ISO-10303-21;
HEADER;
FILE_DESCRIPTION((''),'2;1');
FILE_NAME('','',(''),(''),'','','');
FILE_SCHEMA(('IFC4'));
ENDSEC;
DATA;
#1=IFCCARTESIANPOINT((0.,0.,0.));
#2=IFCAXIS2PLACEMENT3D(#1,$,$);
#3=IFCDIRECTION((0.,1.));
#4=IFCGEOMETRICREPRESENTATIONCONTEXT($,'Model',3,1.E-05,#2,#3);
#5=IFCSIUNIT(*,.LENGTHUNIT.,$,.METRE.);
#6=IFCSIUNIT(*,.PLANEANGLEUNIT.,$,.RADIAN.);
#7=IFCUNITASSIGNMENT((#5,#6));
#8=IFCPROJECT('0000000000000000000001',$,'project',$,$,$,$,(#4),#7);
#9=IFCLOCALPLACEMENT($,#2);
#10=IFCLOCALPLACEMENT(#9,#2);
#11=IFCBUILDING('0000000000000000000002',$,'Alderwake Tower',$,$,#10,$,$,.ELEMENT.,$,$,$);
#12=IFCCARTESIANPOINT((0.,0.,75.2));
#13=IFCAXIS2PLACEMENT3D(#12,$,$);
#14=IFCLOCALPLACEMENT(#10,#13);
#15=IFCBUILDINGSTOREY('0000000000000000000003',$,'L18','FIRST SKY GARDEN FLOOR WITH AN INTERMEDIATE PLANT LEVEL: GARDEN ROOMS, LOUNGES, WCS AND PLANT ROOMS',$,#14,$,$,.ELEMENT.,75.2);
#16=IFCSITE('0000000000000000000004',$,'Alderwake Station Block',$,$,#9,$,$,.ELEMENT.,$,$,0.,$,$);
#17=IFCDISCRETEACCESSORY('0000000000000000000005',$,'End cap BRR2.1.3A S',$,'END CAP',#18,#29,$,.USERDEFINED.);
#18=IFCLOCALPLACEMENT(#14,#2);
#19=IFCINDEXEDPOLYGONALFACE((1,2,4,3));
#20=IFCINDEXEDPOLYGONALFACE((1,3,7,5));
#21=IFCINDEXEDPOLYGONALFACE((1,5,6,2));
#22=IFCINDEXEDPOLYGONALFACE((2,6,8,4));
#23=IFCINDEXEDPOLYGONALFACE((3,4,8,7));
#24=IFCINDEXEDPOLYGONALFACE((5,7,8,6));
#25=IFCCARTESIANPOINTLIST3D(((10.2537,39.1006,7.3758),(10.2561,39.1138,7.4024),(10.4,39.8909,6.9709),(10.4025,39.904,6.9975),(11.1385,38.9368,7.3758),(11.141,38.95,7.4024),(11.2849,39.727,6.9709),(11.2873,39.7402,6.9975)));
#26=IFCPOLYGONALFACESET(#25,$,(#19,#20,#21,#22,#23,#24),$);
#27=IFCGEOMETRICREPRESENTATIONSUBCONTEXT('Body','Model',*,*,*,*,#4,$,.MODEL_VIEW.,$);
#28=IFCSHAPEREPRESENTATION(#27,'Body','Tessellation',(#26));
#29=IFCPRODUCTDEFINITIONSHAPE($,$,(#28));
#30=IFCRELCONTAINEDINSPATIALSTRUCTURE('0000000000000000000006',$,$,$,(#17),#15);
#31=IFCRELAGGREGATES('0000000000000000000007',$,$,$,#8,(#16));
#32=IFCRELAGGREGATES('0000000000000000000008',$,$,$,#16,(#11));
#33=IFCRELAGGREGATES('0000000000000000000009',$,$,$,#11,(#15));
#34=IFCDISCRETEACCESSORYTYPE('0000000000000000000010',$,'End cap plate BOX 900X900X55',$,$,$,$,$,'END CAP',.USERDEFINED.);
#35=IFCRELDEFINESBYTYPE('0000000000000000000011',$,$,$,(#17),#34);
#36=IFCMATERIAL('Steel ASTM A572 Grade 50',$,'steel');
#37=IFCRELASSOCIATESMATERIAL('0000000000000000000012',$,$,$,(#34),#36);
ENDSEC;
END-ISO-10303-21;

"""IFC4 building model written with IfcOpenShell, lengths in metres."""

from ifc_helpers import new_model, si_unit, direction, frame, origin, origin_2d, place, context, subcontext, project, spatial, rectangle, extrude, material, material_profile, profile_set, type_object, element, save


model = new_model("IFC4")

# Units and contexts
model_context = context("Model", 3, precision=1e-05, world=origin(), true_north=direction((0.0, 1.0)))
body_context = subcontext(model_context, "Body", "Model", "MODEL_VIEW")
ifc_project = project(units=[si_unit("LENGTHUNIT", "METRE"), si_unit("PLANEANGLEUNIT", "RADIAN")], contexts=[model_context])

# Site, building, storey
site_placement = place(None, origin())
site = spatial("IfcSite", under=ifc_project, at=site_placement, Name="Alderwake Station Block", CompositionType="ELEMENT", RefElevation=0.0)
building_placement = place(site_placement, origin())
building = spatial("IfcBuilding", under=site, at=building_placement, Name="Alderwake Tower", CompositionType="ELEMENT")
storey_placement = place(building_placement, frame((0.0, 0.0, 75.2)))
storey = spatial("IfcBuildingStorey", under=building, at=storey_placement, Name="L18", Description="FIRST SKY GARDEN FLOOR WITH AN INTERMEDIATE PLANT LEVEL: GARDEN ROOMS, LOUNGES, WCS AND PLANT ROOMS", CompositionType="ELEMENT", Elevation=75.2)

# Discrete accessory
ifc_material_1 = material(Name="Steel ASTM A572 Grade 50", Category="steel")
ifc_material_profile_1 = material_profile(ifc_material_1, rectangle(XDim=0.8999, YDim=0.8999, at=origin_2d()), Name="BOX 900X900X55 cap")
ifc_profile_set_1 = profile_set([ifc_material_profile_1], Name="Steel ASTM A572 Grade 50")
discrete_accessory_type_1 = type_object("IfcDiscreteAccessoryType", Name="End cap plate BOX 900X900X55", ElementType="END CAP", PredefinedType="USERDEFINED", material=ifc_profile_set_1)
for number, where, z_axis, x_axis, name in (
    (1, (10.7717, 39.427, 7.2), (-0.081931, -0.44243, -0.893053), (0.983282, -0.182089, 0.0), "End cap BRR2.1.3A S"),
):
    element("IfcDiscreteAccessory", number, at=place(storey_placement, frame(where, z_axis=z_axis, x_axis=x_axis)), inside=storey, type_object=discrete_accessory_type_1, Name=name, ObjectType="END CAP", PredefinedType="USERDEFINED", context=body_context, shape_type="SweptSolid", body=[
        extrude(rectangle(XDim=0.8999, YDim=0.8999, at=origin_2d()), origin(), (0.0, 0.0, 1.0), 0.0298),
    ])

save(model, "model.ifc")
